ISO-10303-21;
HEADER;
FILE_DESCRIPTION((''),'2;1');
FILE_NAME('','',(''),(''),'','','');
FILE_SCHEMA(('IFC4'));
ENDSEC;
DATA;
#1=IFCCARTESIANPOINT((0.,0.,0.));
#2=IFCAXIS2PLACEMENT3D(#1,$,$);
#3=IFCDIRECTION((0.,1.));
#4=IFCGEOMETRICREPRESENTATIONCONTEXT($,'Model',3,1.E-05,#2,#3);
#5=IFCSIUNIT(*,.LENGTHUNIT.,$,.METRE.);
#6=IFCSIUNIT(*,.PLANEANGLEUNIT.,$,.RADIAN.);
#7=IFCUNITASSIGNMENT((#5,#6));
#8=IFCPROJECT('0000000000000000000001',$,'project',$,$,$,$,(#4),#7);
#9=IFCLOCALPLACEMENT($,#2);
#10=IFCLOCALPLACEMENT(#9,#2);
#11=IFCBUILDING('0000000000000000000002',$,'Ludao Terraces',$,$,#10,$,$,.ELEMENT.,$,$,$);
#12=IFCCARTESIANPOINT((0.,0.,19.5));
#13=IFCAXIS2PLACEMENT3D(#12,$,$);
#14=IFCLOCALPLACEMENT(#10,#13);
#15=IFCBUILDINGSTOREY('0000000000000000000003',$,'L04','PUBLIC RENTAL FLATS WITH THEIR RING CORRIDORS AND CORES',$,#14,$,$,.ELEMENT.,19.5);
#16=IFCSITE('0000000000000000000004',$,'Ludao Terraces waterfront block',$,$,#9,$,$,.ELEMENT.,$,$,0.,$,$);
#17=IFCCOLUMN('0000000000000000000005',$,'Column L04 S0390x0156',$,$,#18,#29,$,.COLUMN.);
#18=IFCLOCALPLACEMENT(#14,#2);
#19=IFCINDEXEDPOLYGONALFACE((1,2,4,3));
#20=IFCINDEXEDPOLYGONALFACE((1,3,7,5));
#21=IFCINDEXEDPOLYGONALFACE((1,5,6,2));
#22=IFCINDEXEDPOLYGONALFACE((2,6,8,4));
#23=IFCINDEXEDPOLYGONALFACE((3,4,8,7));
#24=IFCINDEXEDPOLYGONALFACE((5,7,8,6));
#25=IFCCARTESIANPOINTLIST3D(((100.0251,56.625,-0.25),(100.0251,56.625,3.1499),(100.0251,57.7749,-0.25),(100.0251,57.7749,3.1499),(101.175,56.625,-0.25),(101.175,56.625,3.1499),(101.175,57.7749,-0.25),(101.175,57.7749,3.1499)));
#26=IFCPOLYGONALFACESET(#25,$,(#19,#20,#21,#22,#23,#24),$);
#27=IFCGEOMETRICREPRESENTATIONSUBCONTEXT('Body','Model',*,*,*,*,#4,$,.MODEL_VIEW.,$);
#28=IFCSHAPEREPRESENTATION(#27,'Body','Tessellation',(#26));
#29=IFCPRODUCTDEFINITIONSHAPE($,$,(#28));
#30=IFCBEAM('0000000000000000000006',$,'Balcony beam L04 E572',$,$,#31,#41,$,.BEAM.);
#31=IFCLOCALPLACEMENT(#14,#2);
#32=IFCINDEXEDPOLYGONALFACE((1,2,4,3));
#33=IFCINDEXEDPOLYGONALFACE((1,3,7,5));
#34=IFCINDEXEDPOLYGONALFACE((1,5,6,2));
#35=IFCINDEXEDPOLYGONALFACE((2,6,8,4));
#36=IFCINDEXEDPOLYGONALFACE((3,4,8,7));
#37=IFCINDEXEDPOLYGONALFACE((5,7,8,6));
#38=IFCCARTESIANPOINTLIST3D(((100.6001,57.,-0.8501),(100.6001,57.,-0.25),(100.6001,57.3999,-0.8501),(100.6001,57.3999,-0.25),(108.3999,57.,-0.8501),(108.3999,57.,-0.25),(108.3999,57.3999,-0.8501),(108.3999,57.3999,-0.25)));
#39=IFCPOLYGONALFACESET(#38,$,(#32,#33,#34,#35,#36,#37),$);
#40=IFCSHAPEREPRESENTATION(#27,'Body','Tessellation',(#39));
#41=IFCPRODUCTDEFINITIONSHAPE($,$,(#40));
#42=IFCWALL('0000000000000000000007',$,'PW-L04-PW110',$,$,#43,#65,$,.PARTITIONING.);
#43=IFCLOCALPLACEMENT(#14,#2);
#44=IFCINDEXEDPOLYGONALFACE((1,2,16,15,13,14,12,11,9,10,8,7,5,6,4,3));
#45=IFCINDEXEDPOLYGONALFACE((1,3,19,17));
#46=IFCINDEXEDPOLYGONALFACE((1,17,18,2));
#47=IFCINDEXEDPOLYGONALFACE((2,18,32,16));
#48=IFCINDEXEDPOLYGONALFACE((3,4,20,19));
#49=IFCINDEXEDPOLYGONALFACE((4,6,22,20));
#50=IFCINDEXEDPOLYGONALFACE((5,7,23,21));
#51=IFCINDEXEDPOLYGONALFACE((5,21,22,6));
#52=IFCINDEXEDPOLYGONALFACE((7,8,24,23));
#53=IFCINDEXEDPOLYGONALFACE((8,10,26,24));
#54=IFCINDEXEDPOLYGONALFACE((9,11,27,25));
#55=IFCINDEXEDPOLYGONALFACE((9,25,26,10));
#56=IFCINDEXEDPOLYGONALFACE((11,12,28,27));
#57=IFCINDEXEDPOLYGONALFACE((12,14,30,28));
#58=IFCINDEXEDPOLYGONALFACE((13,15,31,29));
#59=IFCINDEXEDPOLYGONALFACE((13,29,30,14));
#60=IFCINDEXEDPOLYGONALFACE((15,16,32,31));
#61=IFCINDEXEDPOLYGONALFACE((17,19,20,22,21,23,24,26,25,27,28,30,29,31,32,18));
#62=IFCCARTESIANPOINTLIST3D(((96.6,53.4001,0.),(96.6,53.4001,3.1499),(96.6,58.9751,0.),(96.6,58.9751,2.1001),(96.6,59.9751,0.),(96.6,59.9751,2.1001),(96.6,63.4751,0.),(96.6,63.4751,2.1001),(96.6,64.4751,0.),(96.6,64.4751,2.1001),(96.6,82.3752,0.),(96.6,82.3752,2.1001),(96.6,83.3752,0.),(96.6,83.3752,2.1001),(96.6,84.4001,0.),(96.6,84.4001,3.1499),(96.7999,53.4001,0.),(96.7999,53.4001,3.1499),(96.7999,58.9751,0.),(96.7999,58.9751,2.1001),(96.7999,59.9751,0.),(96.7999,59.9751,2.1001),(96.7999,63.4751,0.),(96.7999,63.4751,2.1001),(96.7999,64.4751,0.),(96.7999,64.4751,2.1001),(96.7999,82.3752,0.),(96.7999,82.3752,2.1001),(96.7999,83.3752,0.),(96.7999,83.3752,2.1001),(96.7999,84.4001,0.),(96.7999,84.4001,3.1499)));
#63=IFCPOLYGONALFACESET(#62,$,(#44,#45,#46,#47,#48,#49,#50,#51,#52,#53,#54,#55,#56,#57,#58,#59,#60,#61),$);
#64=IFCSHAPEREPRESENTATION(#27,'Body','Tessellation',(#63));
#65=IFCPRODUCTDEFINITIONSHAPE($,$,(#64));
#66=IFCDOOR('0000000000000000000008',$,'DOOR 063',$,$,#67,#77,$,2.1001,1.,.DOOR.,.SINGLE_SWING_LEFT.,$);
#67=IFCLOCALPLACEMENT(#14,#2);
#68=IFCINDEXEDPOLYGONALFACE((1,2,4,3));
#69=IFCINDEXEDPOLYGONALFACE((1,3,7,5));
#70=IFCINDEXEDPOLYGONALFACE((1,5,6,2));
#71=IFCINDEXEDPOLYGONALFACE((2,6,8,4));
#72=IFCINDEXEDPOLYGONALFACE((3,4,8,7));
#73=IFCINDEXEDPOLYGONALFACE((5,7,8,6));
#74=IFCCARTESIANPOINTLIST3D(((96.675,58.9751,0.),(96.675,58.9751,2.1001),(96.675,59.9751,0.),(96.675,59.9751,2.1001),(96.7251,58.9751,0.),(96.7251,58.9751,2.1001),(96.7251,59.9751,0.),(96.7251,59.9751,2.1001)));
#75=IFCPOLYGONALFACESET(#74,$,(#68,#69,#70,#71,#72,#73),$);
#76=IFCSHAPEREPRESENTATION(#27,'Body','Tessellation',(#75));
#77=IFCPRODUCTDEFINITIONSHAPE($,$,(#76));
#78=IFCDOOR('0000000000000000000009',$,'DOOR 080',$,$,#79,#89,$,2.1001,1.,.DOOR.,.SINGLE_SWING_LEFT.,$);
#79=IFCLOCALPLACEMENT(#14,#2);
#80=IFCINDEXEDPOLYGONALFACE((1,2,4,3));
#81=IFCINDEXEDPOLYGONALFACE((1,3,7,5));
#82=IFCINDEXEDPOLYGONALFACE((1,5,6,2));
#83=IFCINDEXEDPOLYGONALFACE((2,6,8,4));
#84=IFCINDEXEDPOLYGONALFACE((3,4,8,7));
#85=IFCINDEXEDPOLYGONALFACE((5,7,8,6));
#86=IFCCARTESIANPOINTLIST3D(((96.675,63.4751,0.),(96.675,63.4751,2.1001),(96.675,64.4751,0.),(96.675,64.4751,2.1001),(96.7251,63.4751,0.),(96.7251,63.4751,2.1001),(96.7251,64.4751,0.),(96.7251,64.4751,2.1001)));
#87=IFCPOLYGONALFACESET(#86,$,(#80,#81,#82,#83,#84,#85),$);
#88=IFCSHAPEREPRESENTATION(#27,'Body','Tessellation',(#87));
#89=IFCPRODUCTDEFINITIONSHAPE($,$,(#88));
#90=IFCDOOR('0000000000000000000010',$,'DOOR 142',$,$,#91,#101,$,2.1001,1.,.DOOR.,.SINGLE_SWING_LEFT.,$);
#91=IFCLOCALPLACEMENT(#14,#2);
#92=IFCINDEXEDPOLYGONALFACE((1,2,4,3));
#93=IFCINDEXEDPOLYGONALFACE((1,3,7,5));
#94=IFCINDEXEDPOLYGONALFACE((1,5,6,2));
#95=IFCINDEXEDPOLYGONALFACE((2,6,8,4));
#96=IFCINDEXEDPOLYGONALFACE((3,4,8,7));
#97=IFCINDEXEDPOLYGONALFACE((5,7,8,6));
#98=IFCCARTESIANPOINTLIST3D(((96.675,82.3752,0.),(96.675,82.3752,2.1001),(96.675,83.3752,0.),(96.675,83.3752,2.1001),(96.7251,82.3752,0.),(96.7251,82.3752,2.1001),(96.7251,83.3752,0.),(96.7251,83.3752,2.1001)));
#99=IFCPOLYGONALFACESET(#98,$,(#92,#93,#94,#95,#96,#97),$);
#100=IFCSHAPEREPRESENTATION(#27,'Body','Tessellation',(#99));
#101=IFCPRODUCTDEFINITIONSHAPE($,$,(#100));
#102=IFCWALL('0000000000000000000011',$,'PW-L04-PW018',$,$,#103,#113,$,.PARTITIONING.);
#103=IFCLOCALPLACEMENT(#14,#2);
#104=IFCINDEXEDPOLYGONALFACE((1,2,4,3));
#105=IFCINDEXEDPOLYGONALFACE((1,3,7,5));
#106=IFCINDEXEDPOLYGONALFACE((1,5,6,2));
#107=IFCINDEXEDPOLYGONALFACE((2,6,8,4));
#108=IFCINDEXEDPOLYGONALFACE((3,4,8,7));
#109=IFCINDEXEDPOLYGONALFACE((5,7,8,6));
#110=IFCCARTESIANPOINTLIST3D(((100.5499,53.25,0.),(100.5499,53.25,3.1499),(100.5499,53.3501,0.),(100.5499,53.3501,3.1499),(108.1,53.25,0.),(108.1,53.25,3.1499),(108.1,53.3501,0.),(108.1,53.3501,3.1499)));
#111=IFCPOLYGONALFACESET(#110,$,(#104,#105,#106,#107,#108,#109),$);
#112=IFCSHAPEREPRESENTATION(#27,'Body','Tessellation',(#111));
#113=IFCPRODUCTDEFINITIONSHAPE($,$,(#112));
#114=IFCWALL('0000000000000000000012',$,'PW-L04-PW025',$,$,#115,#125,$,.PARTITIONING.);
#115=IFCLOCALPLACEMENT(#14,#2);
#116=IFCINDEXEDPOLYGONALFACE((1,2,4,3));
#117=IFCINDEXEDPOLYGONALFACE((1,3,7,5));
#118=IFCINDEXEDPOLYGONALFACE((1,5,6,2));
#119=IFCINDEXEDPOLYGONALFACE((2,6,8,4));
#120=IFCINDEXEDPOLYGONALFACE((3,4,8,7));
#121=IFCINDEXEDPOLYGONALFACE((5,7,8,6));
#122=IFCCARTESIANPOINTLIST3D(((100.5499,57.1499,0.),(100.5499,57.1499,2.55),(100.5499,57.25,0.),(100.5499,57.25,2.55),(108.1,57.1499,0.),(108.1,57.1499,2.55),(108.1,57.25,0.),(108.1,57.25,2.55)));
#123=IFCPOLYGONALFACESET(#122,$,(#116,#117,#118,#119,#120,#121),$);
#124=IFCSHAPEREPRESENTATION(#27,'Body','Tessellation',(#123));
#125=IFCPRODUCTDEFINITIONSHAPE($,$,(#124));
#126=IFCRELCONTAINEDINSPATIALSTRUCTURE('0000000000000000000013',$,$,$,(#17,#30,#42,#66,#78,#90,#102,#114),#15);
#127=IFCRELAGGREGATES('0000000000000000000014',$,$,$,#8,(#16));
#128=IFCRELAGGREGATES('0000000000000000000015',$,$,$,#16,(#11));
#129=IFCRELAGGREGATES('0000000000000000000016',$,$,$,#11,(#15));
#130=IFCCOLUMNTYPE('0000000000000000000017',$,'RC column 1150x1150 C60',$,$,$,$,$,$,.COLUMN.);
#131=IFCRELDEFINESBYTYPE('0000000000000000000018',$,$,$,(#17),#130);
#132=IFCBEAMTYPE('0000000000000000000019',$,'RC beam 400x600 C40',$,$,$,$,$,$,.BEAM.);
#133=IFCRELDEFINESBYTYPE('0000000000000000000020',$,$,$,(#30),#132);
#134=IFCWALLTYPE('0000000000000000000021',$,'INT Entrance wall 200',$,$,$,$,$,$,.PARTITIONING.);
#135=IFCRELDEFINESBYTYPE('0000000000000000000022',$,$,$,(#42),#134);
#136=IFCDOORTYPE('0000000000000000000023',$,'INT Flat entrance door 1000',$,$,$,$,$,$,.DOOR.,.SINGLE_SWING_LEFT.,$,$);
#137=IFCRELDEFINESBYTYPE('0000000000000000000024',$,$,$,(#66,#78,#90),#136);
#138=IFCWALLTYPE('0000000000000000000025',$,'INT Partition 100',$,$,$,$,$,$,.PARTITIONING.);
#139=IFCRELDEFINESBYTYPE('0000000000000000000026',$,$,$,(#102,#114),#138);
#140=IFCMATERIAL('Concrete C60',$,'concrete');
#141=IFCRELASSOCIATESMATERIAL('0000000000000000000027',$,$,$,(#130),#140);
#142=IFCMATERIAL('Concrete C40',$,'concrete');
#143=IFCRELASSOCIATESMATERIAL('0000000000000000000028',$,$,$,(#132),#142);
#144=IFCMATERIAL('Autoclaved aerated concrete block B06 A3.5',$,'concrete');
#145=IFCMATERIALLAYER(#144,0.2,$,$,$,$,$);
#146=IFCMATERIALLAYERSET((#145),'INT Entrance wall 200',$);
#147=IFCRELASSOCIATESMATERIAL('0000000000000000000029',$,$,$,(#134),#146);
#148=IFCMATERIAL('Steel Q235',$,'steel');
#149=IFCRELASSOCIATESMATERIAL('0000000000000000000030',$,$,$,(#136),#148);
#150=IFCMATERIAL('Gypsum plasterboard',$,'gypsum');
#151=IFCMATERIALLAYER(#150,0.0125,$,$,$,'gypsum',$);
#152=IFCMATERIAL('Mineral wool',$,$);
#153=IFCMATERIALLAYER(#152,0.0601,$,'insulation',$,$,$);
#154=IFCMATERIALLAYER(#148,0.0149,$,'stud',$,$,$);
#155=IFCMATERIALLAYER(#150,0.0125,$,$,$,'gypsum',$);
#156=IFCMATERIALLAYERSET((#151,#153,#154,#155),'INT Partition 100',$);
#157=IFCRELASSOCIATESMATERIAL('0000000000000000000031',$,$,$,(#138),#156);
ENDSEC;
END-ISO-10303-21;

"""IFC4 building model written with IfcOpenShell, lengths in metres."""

from ifc_helpers import new_model, si_unit, direction, frame, frame_2d, origin, origin_2d, place, context, subcontext, project, spatial, rectangle, extrude, material, layer, layer_set, material_profile, profile_set, type_object, element, fill, save


model = new_model("IFC4")

# Units and contexts
model_context = context("Model", 3, precision=1e-05, world=origin(), true_north=direction((0.0, 1.0)))
body_context = subcontext(model_context, "Body", "Model", "MODEL_VIEW")
ifc_project = project(units=[si_unit("LENGTHUNIT", "METRE"), si_unit("PLANEANGLEUNIT", "RADIAN")], contexts=[model_context])

# Site, building, storey
site_placement = place(None, origin())
site = spatial("IfcSite", under=ifc_project, at=site_placement, Name="Ludao Terraces waterfront block", CompositionType="ELEMENT", RefElevation=0.0)
building_placement = place(site_placement, origin())
building = spatial("IfcBuilding", under=site, at=building_placement, Name="Ludao Terraces", CompositionType="ELEMENT")
storey_placement = place(building_placement, frame((0.0, 0.0, 19.5)))
storey = spatial("IfcBuildingStorey", under=building, at=storey_placement, Name="L04", Description="PUBLIC RENTAL FLATS WITH THEIR RING CORRIDORS AND CORES", CompositionType="ELEMENT", Elevation=19.5)

# Column
ifc_material_1 = material(Name="Concrete C60", Category="concrete")
ifc_material_profile_1 = material_profile(ifc_material_1, rectangle(XDim=1.1499, YDim=1.1499, at=origin_2d()), Name="1150 X 1150")
ifc_profile_set_1 = profile_set([ifc_material_profile_1], Name="Concrete C60")
column_type = type_object("IfcColumnType", Name="RC column 1150x1150 C60", PredefinedType="COLUMN", material=ifc_profile_set_1)
column_placement = place(storey_placement, frame((100.6001, 57.2, -0.25), z_axis=(0.0, 0.0, 1.0), x_axis=(1.0, 0.0, 0.0)))
element("IfcColumn", 1, at=column_placement, inside=storey, type_object=column_type, Name="Column L04 S0390x0156", PredefinedType="COLUMN", context=body_context, shape_type="SweptSolid", body=[
    extrude(rectangle(XDim=1.1499, YDim=1.1499, at=origin_2d()), origin(), (0.0, 0.0, 1.0), 3.3999),
])

# Beam
ifc_material_2 = material(Name="Concrete C40", Category="concrete")
ifc_material_profile_2 = material_profile(ifc_material_2, rectangle(XDim=0.3999, YDim=0.6001, at=origin_2d()), Name="400 X 600")
ifc_profile_set_2 = profile_set([ifc_material_profile_2], Name="Concrete C40")
beam_type = type_object("IfcBeamType", Name="RC beam 400x600 C40", PredefinedType="BEAM", material=ifc_profile_set_2)
beam_placement = place(storey_placement, frame((100.6001, 57.2, -0.55), z_axis=(1.0, 0.0, 0.0), x_axis=(0.0, 1.0, 0.0)))
element("IfcBeam", 2, at=beam_placement, inside=storey, type_object=beam_type, Name="Balcony beam L04 E572", PredefinedType="BEAM", context=body_context, shape_type="SweptSolid", body=[
    extrude(rectangle(XDim=0.3999, YDim=0.6001, at=origin_2d()), origin(), (0.0, 0.0, 1.0), 7.7998),
])

# Shared definitions
ifc_material_3 = material(Name="Mineral wool")

# Wall, openings, doors
ifc_material_4 = material(Name="Autoclaved aerated concrete block B06 A3.5", Category="concrete")
ifc_layer_1 = layer(ifc_material_4, 0.2)
ifc_layer_set_1 = layer_set([ifc_layer_1], Name="INT Entrance wall 200")
wall_type_1 = type_object("IfcWallType", Name="INT Entrance wall 200", PredefinedType="PARTITIONING", material=ifc_layer_set_1)
wall_1_placement = place(storey_placement, frame((96.7, 53.4001, 0.0), z_axis=(0.0, 0.0, 1.0), x_axis=(0.0, 1.0, 0.0)))
wall_1 = element("IfcWall", 3, at=wall_1_placement, inside=storey, type_object=wall_type_1, Name="PW-L04-PW110", PredefinedType="PARTITIONING", context=body_context, shape_type="SweptSolid", body=[
    extrude(rectangle(XDim=31.0, YDim=0.2, at=frame_2d((15.5, 0.0))), origin(), (0.0, 0.0, 1.0), 3.1499),
])
opening_1_placement = place(wall_1_placement, frame((5.575, 0.0, 0.0)))
opening_1 = element("IfcOpeningElement", 4, at=opening_1_placement, cuts=wall_1, PredefinedType="OPENING", context=body_context, shape_type="SweptSolid", body=[
    extrude(rectangle(XDim=1.0, YDim=2.1001, at=frame_2d((0.5, 1.05))), frame((0.0, 0.1099, 0.0), z_axis=(0.0, -1.0, 0.0), x_axis=(1.0, 0.0, 0.0)), (0.0, 0.0, 1.0), 0.22),
])
opening_2_placement = place(wall_1_placement, frame((10.075, 0.0, 0.0)))
opening_2 = element("IfcOpeningElement", 5, at=opening_2_placement, cuts=wall_1, PredefinedType="OPENING", context=body_context, shape_type="SweptSolid", body=[
    extrude(rectangle(XDim=1.0, YDim=2.1001, at=frame_2d((0.5, 1.05))), frame((0.0, 0.1099, 0.0), z_axis=(0.0, -1.0, 0.0), x_axis=(1.0, 0.0, 0.0)), (0.0, 0.0, 1.0), 0.22),
])
opening_3_placement = place(wall_1_placement, frame((28.9751, 0.0, 0.0)))
opening_3 = element("IfcOpeningElement", 6, at=opening_3_placement, cuts=wall_1, PredefinedType="OPENING", context=body_context, shape_type="SweptSolid", body=[
    extrude(rectangle(XDim=1.0, YDim=2.1001, at=frame_2d((0.5, 1.05))), frame((0.0, 0.1099, 0.0), z_axis=(0.0, -1.0, 0.0), x_axis=(1.0, 0.0, 0.0)), (0.0, 0.0, 1.0), 0.22),
])
ifc_material_5 = material(Name="Steel Q235", Category="steel")
door_type_1 = type_object("IfcDoorType", Name="INT Flat entrance door 1000", OperationType="SINGLE_SWING_LEFT", PredefinedType="DOOR", material=ifc_material_5)
door_1_placement = place(opening_1_placement, origin())
door_1 = element("IfcDoor", 7, at=door_1_placement, inside=storey, type_object=door_type_1, Name="DOOR 063", OperationType="SINGLE_SWING_LEFT", OverallHeight=2.1001, OverallWidth=1.0, PredefinedType="DOOR", context=body_context, shape_type="SweptSolid", body=[
    extrude(rectangle(XDim=1.0, YDim=2.1001, at=frame_2d((0.5, 1.05))), frame((0.0, 0.0249, 0.0), z_axis=(0.0, -1.0, 0.0), x_axis=(1.0, 0.0, 0.0)), (0.0, 0.0, 1.0), 0.05),
])
fill(opening_1, door_1)
door_2_placement = place(opening_2_placement, origin())
door_2 = element("IfcDoor", 8, at=door_2_placement, inside=storey, type_object=door_type_1, Name="DOOR 080", OperationType="SINGLE_SWING_LEFT", OverallHeight=2.1001, OverallWidth=1.0, PredefinedType="DOOR", context=body_context, shape_type="SweptSolid", body=[
    extrude(rectangle(XDim=1.0, YDim=2.1001, at=frame_2d((0.5, 1.05))), frame((0.0, 0.0249, 0.0), z_axis=(0.0, -1.0, 0.0), x_axis=(1.0, 0.0, 0.0)), (0.0, 0.0, 1.0), 0.05),
])
fill(opening_2, door_2)
door_3_placement = place(opening_3_placement, origin())
door_3 = element("IfcDoor", 9, at=door_3_placement, inside=storey, type_object=door_type_1, Name="DOOR 142", OperationType="SINGLE_SWING_LEFT", OverallHeight=2.1001, OverallWidth=1.0, PredefinedType="DOOR", context=body_context, shape_type="SweptSolid", body=[
    extrude(rectangle(XDim=1.0, YDim=2.1001, at=frame_2d((0.5, 1.05))), frame((0.0, 0.0249, 0.0), z_axis=(0.0, -1.0, 0.0), x_axis=(1.0, 0.0, 0.0)), (0.0, 0.0, 1.0), 0.05),
])
fill(opening_3, door_3)

# Walls
ifc_material_6 = material(Name="Gypsum plasterboard", Category="gypsum")
ifc_layer_2 = layer(ifc_material_6, 0.0125, Category="gypsum")
ifc_layer_3 = layer(ifc_material_3, 0.0601, Name="insulation")
ifc_layer_4 = layer(ifc_material_5, 0.0149, Name="stud")
ifc_layer_5 = layer(ifc_material_6, 0.0125, Category="gypsum")
ifc_layer_set_2 = layer_set([ifc_layer_2, ifc_layer_3, ifc_layer_4, ifc_layer_5], Name="INT Partition 100")
wall_type_2 = type_object("IfcWallType", Name="INT Partition 100", PredefinedType="PARTITIONING", material=ifc_layer_set_2)
wall_2_placement = place(storey_placement, frame((100.55, 53.3, 0.0), z_axis=(0.0, 0.0, 1.0), x_axis=(1.0, 0.0, 0.0)))
element("IfcWall", 10, at=wall_2_placement, inside=storey, type_object=wall_type_2, Name="PW-L04-PW018", PredefinedType="PARTITIONING", context=body_context, shape_type="SweptSolid", body=[
    extrude(rectangle(XDim=7.55, YDim=0.1001, at=frame_2d((3.7749, 0.0))), origin(), (0.0, 0.0, 1.0), 3.1499),
])
wall_3_placement = place(storey_placement, frame((100.55, 57.2, 0.0), z_axis=(0.0, 0.0, 1.0), x_axis=(1.0, 0.0, 0.0)))
element("IfcWall", 11, at=wall_3_placement, inside=storey, type_object=wall_type_2, Name="PW-L04-PW025", PredefinedType="PARTITIONING", context=body_context, shape_type="SweptSolid", body=[
    extrude(rectangle(XDim=7.55, YDim=0.1001, at=frame_2d((3.7749, 0.0))), origin(), (0.0, 0.0, 1.0), 2.55),
])

save(model, "model.ifc")
